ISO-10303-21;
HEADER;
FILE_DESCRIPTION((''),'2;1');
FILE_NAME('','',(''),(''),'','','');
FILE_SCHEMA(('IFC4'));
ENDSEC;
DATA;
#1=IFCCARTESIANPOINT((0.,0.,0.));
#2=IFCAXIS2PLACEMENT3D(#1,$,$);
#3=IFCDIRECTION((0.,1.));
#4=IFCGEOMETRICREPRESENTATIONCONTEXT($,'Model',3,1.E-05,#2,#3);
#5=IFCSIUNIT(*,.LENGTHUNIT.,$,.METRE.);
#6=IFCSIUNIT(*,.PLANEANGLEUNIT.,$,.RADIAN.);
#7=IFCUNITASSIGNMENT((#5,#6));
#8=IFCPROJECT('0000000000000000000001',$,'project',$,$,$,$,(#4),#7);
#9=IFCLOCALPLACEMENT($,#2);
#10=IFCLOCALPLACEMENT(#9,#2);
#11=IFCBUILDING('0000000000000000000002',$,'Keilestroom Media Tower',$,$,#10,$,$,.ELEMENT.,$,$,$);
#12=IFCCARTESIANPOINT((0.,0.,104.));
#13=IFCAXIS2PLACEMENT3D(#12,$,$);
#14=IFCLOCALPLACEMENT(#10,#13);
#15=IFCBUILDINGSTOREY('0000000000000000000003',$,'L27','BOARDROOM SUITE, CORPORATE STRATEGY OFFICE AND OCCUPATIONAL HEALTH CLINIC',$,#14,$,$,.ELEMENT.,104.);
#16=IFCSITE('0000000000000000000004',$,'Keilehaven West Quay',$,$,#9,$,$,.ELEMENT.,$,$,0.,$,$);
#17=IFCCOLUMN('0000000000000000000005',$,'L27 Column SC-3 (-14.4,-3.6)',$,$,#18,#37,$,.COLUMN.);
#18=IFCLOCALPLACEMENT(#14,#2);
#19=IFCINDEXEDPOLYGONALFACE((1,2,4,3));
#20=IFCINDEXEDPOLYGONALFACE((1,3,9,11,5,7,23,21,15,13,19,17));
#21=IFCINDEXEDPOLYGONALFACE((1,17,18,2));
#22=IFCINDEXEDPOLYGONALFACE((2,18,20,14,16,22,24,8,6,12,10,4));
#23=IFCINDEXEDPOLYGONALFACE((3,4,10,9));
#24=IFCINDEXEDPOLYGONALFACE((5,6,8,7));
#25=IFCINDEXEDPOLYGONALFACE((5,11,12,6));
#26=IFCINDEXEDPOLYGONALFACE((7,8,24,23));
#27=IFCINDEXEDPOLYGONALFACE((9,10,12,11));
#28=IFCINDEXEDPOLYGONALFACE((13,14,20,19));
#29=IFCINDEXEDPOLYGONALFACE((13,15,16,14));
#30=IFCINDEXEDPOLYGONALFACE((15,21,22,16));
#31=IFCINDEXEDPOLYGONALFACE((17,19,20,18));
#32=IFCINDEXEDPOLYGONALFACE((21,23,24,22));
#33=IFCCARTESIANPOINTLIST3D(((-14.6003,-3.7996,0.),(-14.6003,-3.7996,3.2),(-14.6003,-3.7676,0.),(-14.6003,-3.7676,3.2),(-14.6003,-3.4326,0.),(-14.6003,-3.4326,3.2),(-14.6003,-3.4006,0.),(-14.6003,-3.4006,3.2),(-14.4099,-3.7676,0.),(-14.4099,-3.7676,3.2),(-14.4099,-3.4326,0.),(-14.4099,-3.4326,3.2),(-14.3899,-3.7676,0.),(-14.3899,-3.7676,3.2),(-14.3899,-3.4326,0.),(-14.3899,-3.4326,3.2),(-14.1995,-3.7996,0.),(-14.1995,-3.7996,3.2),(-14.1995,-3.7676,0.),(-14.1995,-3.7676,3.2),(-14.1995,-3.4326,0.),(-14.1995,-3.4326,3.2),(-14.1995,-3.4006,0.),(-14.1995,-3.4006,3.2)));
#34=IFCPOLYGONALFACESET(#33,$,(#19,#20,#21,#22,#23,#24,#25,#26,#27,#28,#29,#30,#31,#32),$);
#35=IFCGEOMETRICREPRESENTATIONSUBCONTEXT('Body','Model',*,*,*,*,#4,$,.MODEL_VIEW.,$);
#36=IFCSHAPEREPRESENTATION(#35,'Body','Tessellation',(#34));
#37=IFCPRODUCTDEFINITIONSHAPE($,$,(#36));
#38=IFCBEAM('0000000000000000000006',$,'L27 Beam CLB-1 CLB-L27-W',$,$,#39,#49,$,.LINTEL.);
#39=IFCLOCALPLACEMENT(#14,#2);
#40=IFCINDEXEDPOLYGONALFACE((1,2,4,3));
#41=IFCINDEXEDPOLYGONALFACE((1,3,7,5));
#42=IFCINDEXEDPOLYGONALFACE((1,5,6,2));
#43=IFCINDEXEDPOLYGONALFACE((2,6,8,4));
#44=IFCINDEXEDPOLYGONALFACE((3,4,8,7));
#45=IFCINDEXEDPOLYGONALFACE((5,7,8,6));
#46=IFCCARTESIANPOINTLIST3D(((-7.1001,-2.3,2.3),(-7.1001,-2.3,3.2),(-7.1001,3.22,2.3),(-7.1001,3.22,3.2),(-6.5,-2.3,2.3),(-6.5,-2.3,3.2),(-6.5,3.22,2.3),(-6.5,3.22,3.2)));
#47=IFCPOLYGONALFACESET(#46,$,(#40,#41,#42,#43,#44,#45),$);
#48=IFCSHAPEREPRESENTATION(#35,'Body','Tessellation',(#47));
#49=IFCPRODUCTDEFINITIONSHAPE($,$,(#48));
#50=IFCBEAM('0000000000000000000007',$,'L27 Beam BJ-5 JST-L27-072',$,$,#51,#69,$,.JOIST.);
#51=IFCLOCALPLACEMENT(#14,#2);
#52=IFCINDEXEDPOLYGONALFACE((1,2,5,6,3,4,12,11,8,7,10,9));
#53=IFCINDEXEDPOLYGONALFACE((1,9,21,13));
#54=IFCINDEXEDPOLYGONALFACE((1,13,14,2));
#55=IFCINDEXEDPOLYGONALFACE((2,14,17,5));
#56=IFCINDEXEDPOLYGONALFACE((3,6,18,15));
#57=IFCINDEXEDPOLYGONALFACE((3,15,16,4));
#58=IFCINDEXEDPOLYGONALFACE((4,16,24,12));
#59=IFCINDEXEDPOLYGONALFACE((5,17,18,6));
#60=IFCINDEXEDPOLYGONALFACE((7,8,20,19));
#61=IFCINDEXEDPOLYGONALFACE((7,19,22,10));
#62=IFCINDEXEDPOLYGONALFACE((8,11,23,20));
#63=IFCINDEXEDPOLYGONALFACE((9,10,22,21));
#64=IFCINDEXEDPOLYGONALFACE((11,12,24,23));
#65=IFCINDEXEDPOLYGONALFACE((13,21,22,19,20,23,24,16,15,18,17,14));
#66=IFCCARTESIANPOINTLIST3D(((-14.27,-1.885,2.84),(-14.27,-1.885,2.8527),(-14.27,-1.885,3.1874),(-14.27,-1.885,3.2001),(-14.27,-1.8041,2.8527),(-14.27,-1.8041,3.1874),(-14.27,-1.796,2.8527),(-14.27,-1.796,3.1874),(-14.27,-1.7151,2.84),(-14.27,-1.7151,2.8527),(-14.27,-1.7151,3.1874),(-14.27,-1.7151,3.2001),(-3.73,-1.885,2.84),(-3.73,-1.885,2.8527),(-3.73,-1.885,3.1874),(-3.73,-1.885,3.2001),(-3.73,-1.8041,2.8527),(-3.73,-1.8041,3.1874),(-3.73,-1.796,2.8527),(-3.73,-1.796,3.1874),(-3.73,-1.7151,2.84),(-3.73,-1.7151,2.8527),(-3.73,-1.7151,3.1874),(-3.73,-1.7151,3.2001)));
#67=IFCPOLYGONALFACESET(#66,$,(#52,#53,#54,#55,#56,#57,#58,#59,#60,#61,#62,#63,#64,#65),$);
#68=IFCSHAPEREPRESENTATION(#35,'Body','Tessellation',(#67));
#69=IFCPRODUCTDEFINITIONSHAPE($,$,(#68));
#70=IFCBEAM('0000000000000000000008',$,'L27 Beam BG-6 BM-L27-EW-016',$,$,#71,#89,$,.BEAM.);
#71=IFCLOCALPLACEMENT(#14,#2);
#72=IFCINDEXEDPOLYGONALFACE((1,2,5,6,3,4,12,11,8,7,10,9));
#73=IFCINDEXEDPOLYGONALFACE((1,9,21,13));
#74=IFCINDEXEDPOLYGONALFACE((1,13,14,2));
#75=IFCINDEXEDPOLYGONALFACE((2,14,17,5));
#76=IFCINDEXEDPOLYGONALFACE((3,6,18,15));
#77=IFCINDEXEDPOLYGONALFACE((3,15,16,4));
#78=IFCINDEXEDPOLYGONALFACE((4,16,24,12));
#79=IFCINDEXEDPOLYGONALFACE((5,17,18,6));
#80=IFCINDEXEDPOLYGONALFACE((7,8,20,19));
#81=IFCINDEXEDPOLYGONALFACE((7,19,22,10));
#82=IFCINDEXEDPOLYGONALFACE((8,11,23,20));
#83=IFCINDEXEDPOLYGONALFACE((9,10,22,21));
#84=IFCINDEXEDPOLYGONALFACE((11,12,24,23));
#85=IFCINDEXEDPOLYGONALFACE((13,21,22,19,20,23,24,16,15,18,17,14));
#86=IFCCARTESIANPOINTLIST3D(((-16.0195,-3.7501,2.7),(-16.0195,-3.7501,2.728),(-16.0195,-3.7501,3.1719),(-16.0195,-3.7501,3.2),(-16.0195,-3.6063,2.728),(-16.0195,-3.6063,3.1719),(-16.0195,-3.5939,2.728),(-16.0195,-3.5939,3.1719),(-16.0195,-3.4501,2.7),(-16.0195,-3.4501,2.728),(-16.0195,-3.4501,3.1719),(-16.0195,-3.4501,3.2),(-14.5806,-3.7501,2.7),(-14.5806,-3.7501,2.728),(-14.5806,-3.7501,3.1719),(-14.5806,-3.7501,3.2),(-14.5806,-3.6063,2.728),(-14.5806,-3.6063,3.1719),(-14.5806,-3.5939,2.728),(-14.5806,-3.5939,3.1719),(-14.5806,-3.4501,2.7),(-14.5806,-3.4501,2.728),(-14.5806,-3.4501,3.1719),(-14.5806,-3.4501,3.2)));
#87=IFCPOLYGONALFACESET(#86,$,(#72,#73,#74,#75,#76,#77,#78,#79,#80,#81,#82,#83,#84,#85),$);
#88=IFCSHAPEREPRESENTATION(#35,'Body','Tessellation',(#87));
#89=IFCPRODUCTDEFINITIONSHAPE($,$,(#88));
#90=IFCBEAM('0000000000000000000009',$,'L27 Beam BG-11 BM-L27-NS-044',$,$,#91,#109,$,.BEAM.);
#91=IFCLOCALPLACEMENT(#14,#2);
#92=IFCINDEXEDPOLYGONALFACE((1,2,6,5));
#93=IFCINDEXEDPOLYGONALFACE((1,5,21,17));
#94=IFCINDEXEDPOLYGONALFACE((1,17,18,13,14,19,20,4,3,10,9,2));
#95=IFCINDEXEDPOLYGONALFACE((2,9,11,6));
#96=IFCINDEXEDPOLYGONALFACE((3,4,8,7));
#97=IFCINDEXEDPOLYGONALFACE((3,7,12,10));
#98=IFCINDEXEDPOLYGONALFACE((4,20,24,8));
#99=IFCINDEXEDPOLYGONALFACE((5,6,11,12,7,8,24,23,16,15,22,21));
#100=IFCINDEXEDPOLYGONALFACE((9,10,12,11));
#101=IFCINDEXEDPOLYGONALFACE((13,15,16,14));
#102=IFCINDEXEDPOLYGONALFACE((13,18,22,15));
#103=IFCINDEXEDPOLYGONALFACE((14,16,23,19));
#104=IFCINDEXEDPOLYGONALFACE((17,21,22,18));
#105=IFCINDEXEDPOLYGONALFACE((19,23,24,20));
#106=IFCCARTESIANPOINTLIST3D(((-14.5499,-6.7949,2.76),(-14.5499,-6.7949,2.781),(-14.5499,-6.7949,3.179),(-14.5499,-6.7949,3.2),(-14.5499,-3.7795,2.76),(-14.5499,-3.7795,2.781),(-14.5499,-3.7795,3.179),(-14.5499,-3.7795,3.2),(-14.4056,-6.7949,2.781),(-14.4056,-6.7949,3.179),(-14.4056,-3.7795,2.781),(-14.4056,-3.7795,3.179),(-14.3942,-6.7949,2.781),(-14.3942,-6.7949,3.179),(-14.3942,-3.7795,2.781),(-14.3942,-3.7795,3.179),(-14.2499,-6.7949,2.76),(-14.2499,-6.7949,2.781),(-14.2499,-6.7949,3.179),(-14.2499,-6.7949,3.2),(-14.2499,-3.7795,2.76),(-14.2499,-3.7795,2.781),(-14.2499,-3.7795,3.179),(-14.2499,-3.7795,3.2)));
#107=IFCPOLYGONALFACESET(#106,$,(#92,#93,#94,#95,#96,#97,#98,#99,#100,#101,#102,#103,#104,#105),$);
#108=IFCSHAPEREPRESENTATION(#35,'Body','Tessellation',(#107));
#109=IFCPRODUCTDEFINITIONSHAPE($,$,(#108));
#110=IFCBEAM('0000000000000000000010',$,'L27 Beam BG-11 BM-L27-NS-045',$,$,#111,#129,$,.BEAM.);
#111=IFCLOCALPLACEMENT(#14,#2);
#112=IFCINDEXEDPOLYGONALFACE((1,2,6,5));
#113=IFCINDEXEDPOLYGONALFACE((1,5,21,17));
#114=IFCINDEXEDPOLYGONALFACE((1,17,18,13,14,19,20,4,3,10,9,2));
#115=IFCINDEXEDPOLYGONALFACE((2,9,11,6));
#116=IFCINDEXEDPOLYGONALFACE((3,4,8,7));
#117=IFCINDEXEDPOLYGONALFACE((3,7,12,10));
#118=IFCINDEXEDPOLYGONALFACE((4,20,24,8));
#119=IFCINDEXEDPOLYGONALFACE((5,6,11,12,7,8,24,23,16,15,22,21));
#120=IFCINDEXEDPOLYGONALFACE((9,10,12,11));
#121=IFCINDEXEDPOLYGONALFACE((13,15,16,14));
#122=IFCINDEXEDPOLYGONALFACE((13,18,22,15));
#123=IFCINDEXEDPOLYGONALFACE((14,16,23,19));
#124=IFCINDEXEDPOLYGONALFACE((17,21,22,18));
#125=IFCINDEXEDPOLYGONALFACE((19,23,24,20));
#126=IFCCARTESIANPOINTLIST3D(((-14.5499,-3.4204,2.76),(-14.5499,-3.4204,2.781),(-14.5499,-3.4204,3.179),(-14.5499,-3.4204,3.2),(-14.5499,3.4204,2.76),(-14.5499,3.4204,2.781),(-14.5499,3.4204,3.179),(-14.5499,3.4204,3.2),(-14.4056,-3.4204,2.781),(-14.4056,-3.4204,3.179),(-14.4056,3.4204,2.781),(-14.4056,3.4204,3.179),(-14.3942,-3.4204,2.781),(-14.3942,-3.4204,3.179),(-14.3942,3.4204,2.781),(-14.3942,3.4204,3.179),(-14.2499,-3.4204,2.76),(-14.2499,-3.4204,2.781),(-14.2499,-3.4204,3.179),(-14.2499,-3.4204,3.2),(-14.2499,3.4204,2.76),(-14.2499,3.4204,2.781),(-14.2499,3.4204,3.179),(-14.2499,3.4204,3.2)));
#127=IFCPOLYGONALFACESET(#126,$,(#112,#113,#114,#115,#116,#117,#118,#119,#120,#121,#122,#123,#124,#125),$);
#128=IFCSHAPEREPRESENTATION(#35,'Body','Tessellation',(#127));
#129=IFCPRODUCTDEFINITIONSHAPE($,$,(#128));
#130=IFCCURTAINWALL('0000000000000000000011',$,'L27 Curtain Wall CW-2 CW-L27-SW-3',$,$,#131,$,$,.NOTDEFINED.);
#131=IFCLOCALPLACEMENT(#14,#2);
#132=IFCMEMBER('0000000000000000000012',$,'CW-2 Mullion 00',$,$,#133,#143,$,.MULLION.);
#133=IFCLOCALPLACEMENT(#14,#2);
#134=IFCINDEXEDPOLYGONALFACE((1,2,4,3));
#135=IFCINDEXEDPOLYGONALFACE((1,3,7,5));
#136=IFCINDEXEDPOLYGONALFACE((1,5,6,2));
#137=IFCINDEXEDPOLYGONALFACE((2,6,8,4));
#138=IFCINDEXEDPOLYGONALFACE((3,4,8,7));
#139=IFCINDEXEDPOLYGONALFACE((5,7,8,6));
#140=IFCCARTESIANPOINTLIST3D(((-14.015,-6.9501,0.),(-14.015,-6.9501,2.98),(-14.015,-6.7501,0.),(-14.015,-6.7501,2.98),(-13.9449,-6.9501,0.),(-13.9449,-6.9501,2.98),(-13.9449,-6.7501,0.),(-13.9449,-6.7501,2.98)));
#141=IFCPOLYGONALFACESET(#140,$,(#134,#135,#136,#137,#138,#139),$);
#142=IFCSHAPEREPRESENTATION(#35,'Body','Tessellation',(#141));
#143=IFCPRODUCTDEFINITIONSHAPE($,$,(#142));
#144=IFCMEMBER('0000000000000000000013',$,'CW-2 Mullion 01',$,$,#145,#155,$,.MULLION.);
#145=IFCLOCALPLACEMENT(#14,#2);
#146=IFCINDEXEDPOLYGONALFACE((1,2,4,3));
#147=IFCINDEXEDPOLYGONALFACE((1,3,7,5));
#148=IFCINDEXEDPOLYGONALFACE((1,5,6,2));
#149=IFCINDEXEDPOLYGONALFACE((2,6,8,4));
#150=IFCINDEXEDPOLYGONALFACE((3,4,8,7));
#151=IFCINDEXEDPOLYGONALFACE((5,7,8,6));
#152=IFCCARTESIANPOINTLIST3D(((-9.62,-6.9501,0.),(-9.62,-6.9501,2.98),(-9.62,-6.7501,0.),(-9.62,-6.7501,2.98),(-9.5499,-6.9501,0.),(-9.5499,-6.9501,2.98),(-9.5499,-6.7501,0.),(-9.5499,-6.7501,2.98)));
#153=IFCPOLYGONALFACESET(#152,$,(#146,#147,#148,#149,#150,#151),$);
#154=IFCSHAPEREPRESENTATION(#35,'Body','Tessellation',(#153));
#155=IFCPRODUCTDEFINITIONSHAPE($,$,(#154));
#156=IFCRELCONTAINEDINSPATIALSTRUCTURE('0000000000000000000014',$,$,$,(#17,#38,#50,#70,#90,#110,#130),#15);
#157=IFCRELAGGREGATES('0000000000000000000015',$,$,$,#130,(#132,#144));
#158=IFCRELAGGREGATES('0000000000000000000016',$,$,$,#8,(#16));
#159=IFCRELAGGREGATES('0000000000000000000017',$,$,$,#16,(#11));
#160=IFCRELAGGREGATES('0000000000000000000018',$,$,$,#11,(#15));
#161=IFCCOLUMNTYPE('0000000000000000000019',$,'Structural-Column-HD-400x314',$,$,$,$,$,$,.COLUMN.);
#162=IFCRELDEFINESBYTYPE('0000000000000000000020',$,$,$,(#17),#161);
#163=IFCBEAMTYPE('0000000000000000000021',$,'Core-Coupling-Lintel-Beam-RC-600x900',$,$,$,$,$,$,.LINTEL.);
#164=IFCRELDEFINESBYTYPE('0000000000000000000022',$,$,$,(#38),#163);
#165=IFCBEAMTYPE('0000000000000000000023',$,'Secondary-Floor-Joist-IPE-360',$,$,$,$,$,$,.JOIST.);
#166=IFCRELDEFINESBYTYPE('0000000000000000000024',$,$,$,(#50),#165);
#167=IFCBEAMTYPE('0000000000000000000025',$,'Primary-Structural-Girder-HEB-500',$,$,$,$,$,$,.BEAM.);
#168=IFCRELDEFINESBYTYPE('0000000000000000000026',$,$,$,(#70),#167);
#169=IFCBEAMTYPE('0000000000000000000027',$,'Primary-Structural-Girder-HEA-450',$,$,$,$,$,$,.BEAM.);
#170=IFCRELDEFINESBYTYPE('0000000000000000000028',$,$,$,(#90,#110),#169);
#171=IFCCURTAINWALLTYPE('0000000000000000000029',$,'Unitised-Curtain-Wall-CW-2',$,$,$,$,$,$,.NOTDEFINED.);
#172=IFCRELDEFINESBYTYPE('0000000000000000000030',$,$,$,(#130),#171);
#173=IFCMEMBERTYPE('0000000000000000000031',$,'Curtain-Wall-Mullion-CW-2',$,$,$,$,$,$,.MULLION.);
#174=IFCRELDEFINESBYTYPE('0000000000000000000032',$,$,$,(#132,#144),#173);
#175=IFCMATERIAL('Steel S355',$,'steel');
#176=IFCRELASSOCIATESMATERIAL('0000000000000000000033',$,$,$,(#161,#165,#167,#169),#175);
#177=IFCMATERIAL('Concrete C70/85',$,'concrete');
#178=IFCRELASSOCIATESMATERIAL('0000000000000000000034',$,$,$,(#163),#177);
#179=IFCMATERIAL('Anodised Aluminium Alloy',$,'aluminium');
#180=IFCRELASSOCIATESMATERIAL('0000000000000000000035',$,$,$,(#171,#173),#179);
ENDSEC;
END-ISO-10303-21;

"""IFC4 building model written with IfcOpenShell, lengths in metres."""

from ifc_helpers import new_model, si_unit, direction, frame, origin, origin_2d, place, context, subcontext, project, spatial, rectangle, i_section, extrude, source, transform, mapped, material, material_profile, profile_set, type_object, element, aggregate, save


model = new_model("IFC4")

# Units and contexts
model_context = context("Model", 3, precision=1e-05, world=origin(), true_north=direction((0.0, 1.0)))
body_context = subcontext(model_context, "Body", "Model", "MODEL_VIEW")
ifc_project = project(units=[si_unit("LENGTHUNIT", "METRE"), si_unit("PLANEANGLEUNIT", "RADIAN")], contexts=[model_context])

# Site, building, storey
site_placement = place(None, origin())
site = spatial("IfcSite", under=ifc_project, at=site_placement, Name="Keilehaven West Quay", CompositionType="ELEMENT", RefElevation=0.0)
building_placement = place(site_placement, origin())
building = spatial("IfcBuilding", under=site, at=building_placement, Name="Keilestroom Media Tower", CompositionType="ELEMENT")
storey_placement = place(building_placement, frame((0.0, 0.0, 104.0)))
storey = spatial("IfcBuildingStorey", under=building, at=storey_placement, Name="L27", Description="BOARDROOM SUITE, CORPORATE STRATEGY OFFICE AND OCCUPATIONAL HEALTH CLINIC", CompositionType="ELEMENT", Elevation=104.0)

# Column
ifc_material_1 = material(Name="Steel S355", Category="steel")
ifc_material_profile_1 = material_profile(ifc_material_1, i_section(OverallWidth=0.4009, OverallDepth=0.3989, WebThickness=0.02, FlangeThickness=0.032, at=origin_2d()), Name="HD 400x314")
ifc_profile_set_1 = profile_set([ifc_material_profile_1], Name="Steel S355")
column_type = type_object("IfcColumnType", Name="Structural-Column-HD-400x314", PredefinedType="COLUMN", material=ifc_profile_set_1)
shared_shape_1 = source(origin(), body_context, "Body", "SweptSolid", [
    extrude(i_section(OverallWidth=0.4009, OverallDepth=0.3989, WebThickness=0.02, FlangeThickness=0.032, at=origin_2d()), origin(), (0.0, 0.0, 1.0), 3.2),
])
column_placement = place(storey_placement, frame((-14.3999, -3.6001, 0.0), z_axis=(0.0, 0.0, 1.0), x_axis=(1.0, 0.0, 0.0)))
element("IfcColumn", 1, at=column_placement, inside=storey, type_object=column_type, Name="L27 Column SC-3 (-14.4,-3.6)", PredefinedType="COLUMN", context=body_context, shape_type="MappedRepresentation", body=[
    mapped(shared_shape_1, transform((0.0, 0.0, 0.0), x_axis=(1.0, 0.0, 0.0), y_axis=(0.0, 1.0, 0.0), z_axis=(0.0, 0.0, 1.0), scale=1.0)),
])

# Beams
ifc_material_2 = material(Name="Concrete C70/85", Category="concrete")
ifc_material_profile_2 = material_profile(ifc_material_2, rectangle(XDim=0.6001, YDim=0.8999, at=origin_2d()), Name="RC 600x900")
ifc_profile_set_2 = profile_set([ifc_material_profile_2], Name="Concrete C70/85")
beam_type_1 = type_object("IfcBeamType", Name="Core-Coupling-Lintel-Beam-RC-600x900", PredefinedType="LINTEL", material=ifc_profile_set_2)
shared_shape_2 = source(origin(), body_context, "Body", "SweptSolid", [
    extrude(rectangle(XDim=0.6001, YDim=0.8999, at=origin_2d()), origin(), (0.0, 0.0, 1.0), 5.52),
])
beam_1_placement = place(storey_placement, frame((-6.8, -2.3, 2.75), z_axis=(0.0, 1.0, 0.0), x_axis=(-1.0, 0.0, 0.0)))
element("IfcBeam", 2, at=beam_1_placement, inside=storey, type_object=beam_type_1, Name="L27 Beam CLB-1 CLB-L27-W", PredefinedType="LINTEL", context=body_context, shape_type="MappedRepresentation", body=[
    mapped(shared_shape_2, transform((0.0, 0.0, 0.0), x_axis=(1.0, 0.0, 0.0), y_axis=(0.0, 1.0, 0.0), z_axis=(0.0, 0.0, 1.0), scale=1.0)),
])
ifc_material_profile_3 = material_profile(ifc_material_1, i_section(OverallWidth=0.1699, OverallDepth=0.3601, WebThickness=0.0081, FlangeThickness=0.0127, at=origin_2d()), Name="IPE 360")
ifc_profile_set_3 = profile_set([ifc_material_profile_3], Name="Steel S355")
beam_type_2 = type_object("IfcBeamType", Name="Secondary-Floor-Joist-IPE-360", PredefinedType="JOIST", material=ifc_profile_set_3)
shared_shape_3 = source(origin(), body_context, "Body", "SweptSolid", [
    extrude(i_section(OverallWidth=0.1699, OverallDepth=0.3601, WebThickness=0.0081, FlangeThickness=0.0127, at=origin_2d()), origin(), (0.0, 0.0, 1.0), 10.54),
])
beam_2_placement = place(storey_placement, frame((-14.27, -1.8, 3.02), z_axis=(1.0, 0.0, 0.0), x_axis=(0.0, 1.0, 0.0)))
element("IfcBeam", 3, at=beam_2_placement, inside=storey, type_object=beam_type_2, Name="L27 Beam BJ-5 JST-L27-072", PredefinedType="JOIST", context=body_context, shape_type="MappedRepresentation", body=[
    mapped(shared_shape_3, transform((0.0, 0.0, 0.0), x_axis=(1.0, 0.0, 0.0), y_axis=(0.0, 1.0, 0.0), z_axis=(0.0, 0.0, 1.0), scale=1.0)),
])
ifc_material_profile_4 = material_profile(ifc_material_1, i_section(OverallWidth=0.3, OverallDepth=0.5, WebThickness=0.0125, FlangeThickness=0.0281, at=origin_2d()), Name="HEB 500")
ifc_profile_set_4 = profile_set([ifc_material_profile_4], Name="Steel S355")
beam_type_3 = type_object("IfcBeamType", Name="Primary-Structural-Girder-HEB-500", PredefinedType="BEAM", material=ifc_profile_set_4)
shared_shape_4 = source(origin(), body_context, "Body", "SweptSolid", [
    extrude(i_section(OverallWidth=0.3, OverallDepth=0.5, WebThickness=0.0125, FlangeThickness=0.0281, at=origin_2d()), origin(), (0.0, 0.0, 1.0), 1.439),
])
beam_3_placement = place(storey_placement, frame((-16.0195, -3.6001, 2.95), z_axis=(1.0, 0.0, 0.0), x_axis=(0.0, 1.0, 0.0)))
element("IfcBeam", 4, at=beam_3_placement, inside=storey, type_object=beam_type_3, Name="L27 Beam BG-6 BM-L27-EW-016", PredefinedType="BEAM", context=body_context, shape_type="MappedRepresentation", body=[
    mapped(shared_shape_4, transform((0.0, 0.0, 0.0), x_axis=(1.0, 0.0, 0.0), y_axis=(0.0, 1.0, 0.0), z_axis=(0.0, 0.0, 1.0), scale=1.0)),
])
ifc_material_profile_5 = material_profile(ifc_material_1, i_section(OverallWidth=0.3, OverallDepth=0.4399, WebThickness=0.0115, FlangeThickness=0.021, at=origin_2d()), Name="HEA 450")
ifc_profile_set_5 = profile_set([ifc_material_profile_5], Name="Steel S355")
beam_type_4 = type_object("IfcBeamType", Name="Primary-Structural-Girder-HEA-450", PredefinedType="BEAM", material=ifc_profile_set_5)
shared_shape_5 = source(origin(), body_context, "Body", "SweptSolid", [
    extrude(i_section(OverallWidth=0.3, OverallDepth=0.4399, WebThickness=0.0115, FlangeThickness=0.021, at=origin_2d()), origin(), (0.0, 0.0, 1.0), 3.0154),
])
beam_4_placement = place(storey_placement, frame((-14.3999, -6.7949, 2.98), z_axis=(0.0, 1.0, 0.0), x_axis=(-1.0, 0.0, 0.0)))
element("IfcBeam", 5, at=beam_4_placement, inside=storey, type_object=beam_type_4, Name="L27 Beam BG-11 BM-L27-NS-044", PredefinedType="BEAM", context=body_context, shape_type="MappedRepresentation", body=[
    mapped(shared_shape_5, transform((0.0, 0.0, 0.0), x_axis=(1.0, 0.0, 0.0), y_axis=(0.0, 1.0, 0.0), z_axis=(0.0, 0.0, 1.0), scale=1.0)),
])
shared_shape_6 = source(origin(), body_context, "Body", "SweptSolid", [
    extrude(i_section(OverallWidth=0.3, OverallDepth=0.4399, WebThickness=0.0115, FlangeThickness=0.021, at=origin_2d()), origin(), (0.0, 0.0, 1.0), 6.8408),
])
beam_5_placement = place(storey_placement, frame((-14.3999, -3.4204, 2.98), z_axis=(0.0, 1.0, 0.0), x_axis=(-1.0, 0.0, 0.0)))
element("IfcBeam", 6, at=beam_5_placement, inside=storey, type_object=beam_type_4, Name="L27 Beam BG-11 BM-L27-NS-045", PredefinedType="BEAM", context=body_context, shape_type="MappedRepresentation", body=[
    mapped(shared_shape_6, transform((0.0, 0.0, 0.0), x_axis=(1.0, 0.0, 0.0), y_axis=(0.0, 1.0, 0.0), z_axis=(0.0, 0.0, 1.0), scale=1.0)),
])

# Curtain wall, members
ifc_material_3 = material(Name="Anodised Aluminium Alloy", Category="aluminium")
curtain_wall_type = type_object("IfcCurtainWallType", Name="Unitised-Curtain-Wall-CW-2", PredefinedType="NOTDEFINED", material=ifc_material_3)
curtain_wall_placement = place(storey_placement, origin())
curtain_wall = element("IfcCurtainWall", 7, at=curtain_wall_placement, inside=storey, type_object=curtain_wall_type, Name="L27 Curtain Wall CW-2 CW-L27-SW-3", PredefinedType="NOTDEFINED")
ifc_material_profile_6 = material_profile(ifc_material_3, rectangle(XDim=0.0701, YDim=0.2, at=origin_2d()), Name="ALU MULLION 70x200")
ifc_profile_set_6 = profile_set([ifc_material_profile_6], Name="Anodised Aluminium Alloy")
member_type_1 = type_object("IfcMemberType", Name="Curtain-Wall-Mullion-CW-2", PredefinedType="MULLION", material=ifc_profile_set_6)
shared_shape_7 = source(origin(), body_context, "Body", "SweptSolid", [
    extrude(rectangle(XDim=0.0701, YDim=0.2, at=origin_2d()), origin(), (0.0, 0.0, 1.0), 2.98),
])
member_1_placement = place(storey_placement, frame((-13.98, -6.8501, 0.0), z_axis=(0.0, 0.0, 1.0), x_axis=(1.0, 0.0, 0.0)))
member_1 = element("IfcMember", 8, at=member_1_placement, type_object=member_type_1, Name="CW-2 Mullion 00", PredefinedType="MULLION", context=body_context, shape_type="MappedRepresentation", body=[
    mapped(shared_shape_7, transform((0.0, 0.0, 0.0), x_axis=(1.0, 0.0, 0.0), y_axis=(0.0, 1.0, 0.0), z_axis=(0.0, 0.0, 1.0), scale=1.0)),
])
member_2_placement = place(storey_placement, frame((-9.585, -6.8501, 0.0), z_axis=(0.0, 0.0, 1.0), x_axis=(1.0, 0.0, 0.0)))
member_2 = element("IfcMember", 9, at=member_2_placement, type_object=member_type_1, Name="CW-2 Mullion 01", PredefinedType="MULLION", context=body_context, shape_type="MappedRepresentation", body=[
    mapped(shared_shape_7, transform((0.0, 0.0, 0.0), x_axis=(1.0, 0.0, 0.0), y_axis=(0.0, 1.0, 0.0), z_axis=(0.0, 0.0, 1.0), scale=1.0)),
])
aggregate(curtain_wall, [member_1, member_2])

save(model, "model.ifc")
